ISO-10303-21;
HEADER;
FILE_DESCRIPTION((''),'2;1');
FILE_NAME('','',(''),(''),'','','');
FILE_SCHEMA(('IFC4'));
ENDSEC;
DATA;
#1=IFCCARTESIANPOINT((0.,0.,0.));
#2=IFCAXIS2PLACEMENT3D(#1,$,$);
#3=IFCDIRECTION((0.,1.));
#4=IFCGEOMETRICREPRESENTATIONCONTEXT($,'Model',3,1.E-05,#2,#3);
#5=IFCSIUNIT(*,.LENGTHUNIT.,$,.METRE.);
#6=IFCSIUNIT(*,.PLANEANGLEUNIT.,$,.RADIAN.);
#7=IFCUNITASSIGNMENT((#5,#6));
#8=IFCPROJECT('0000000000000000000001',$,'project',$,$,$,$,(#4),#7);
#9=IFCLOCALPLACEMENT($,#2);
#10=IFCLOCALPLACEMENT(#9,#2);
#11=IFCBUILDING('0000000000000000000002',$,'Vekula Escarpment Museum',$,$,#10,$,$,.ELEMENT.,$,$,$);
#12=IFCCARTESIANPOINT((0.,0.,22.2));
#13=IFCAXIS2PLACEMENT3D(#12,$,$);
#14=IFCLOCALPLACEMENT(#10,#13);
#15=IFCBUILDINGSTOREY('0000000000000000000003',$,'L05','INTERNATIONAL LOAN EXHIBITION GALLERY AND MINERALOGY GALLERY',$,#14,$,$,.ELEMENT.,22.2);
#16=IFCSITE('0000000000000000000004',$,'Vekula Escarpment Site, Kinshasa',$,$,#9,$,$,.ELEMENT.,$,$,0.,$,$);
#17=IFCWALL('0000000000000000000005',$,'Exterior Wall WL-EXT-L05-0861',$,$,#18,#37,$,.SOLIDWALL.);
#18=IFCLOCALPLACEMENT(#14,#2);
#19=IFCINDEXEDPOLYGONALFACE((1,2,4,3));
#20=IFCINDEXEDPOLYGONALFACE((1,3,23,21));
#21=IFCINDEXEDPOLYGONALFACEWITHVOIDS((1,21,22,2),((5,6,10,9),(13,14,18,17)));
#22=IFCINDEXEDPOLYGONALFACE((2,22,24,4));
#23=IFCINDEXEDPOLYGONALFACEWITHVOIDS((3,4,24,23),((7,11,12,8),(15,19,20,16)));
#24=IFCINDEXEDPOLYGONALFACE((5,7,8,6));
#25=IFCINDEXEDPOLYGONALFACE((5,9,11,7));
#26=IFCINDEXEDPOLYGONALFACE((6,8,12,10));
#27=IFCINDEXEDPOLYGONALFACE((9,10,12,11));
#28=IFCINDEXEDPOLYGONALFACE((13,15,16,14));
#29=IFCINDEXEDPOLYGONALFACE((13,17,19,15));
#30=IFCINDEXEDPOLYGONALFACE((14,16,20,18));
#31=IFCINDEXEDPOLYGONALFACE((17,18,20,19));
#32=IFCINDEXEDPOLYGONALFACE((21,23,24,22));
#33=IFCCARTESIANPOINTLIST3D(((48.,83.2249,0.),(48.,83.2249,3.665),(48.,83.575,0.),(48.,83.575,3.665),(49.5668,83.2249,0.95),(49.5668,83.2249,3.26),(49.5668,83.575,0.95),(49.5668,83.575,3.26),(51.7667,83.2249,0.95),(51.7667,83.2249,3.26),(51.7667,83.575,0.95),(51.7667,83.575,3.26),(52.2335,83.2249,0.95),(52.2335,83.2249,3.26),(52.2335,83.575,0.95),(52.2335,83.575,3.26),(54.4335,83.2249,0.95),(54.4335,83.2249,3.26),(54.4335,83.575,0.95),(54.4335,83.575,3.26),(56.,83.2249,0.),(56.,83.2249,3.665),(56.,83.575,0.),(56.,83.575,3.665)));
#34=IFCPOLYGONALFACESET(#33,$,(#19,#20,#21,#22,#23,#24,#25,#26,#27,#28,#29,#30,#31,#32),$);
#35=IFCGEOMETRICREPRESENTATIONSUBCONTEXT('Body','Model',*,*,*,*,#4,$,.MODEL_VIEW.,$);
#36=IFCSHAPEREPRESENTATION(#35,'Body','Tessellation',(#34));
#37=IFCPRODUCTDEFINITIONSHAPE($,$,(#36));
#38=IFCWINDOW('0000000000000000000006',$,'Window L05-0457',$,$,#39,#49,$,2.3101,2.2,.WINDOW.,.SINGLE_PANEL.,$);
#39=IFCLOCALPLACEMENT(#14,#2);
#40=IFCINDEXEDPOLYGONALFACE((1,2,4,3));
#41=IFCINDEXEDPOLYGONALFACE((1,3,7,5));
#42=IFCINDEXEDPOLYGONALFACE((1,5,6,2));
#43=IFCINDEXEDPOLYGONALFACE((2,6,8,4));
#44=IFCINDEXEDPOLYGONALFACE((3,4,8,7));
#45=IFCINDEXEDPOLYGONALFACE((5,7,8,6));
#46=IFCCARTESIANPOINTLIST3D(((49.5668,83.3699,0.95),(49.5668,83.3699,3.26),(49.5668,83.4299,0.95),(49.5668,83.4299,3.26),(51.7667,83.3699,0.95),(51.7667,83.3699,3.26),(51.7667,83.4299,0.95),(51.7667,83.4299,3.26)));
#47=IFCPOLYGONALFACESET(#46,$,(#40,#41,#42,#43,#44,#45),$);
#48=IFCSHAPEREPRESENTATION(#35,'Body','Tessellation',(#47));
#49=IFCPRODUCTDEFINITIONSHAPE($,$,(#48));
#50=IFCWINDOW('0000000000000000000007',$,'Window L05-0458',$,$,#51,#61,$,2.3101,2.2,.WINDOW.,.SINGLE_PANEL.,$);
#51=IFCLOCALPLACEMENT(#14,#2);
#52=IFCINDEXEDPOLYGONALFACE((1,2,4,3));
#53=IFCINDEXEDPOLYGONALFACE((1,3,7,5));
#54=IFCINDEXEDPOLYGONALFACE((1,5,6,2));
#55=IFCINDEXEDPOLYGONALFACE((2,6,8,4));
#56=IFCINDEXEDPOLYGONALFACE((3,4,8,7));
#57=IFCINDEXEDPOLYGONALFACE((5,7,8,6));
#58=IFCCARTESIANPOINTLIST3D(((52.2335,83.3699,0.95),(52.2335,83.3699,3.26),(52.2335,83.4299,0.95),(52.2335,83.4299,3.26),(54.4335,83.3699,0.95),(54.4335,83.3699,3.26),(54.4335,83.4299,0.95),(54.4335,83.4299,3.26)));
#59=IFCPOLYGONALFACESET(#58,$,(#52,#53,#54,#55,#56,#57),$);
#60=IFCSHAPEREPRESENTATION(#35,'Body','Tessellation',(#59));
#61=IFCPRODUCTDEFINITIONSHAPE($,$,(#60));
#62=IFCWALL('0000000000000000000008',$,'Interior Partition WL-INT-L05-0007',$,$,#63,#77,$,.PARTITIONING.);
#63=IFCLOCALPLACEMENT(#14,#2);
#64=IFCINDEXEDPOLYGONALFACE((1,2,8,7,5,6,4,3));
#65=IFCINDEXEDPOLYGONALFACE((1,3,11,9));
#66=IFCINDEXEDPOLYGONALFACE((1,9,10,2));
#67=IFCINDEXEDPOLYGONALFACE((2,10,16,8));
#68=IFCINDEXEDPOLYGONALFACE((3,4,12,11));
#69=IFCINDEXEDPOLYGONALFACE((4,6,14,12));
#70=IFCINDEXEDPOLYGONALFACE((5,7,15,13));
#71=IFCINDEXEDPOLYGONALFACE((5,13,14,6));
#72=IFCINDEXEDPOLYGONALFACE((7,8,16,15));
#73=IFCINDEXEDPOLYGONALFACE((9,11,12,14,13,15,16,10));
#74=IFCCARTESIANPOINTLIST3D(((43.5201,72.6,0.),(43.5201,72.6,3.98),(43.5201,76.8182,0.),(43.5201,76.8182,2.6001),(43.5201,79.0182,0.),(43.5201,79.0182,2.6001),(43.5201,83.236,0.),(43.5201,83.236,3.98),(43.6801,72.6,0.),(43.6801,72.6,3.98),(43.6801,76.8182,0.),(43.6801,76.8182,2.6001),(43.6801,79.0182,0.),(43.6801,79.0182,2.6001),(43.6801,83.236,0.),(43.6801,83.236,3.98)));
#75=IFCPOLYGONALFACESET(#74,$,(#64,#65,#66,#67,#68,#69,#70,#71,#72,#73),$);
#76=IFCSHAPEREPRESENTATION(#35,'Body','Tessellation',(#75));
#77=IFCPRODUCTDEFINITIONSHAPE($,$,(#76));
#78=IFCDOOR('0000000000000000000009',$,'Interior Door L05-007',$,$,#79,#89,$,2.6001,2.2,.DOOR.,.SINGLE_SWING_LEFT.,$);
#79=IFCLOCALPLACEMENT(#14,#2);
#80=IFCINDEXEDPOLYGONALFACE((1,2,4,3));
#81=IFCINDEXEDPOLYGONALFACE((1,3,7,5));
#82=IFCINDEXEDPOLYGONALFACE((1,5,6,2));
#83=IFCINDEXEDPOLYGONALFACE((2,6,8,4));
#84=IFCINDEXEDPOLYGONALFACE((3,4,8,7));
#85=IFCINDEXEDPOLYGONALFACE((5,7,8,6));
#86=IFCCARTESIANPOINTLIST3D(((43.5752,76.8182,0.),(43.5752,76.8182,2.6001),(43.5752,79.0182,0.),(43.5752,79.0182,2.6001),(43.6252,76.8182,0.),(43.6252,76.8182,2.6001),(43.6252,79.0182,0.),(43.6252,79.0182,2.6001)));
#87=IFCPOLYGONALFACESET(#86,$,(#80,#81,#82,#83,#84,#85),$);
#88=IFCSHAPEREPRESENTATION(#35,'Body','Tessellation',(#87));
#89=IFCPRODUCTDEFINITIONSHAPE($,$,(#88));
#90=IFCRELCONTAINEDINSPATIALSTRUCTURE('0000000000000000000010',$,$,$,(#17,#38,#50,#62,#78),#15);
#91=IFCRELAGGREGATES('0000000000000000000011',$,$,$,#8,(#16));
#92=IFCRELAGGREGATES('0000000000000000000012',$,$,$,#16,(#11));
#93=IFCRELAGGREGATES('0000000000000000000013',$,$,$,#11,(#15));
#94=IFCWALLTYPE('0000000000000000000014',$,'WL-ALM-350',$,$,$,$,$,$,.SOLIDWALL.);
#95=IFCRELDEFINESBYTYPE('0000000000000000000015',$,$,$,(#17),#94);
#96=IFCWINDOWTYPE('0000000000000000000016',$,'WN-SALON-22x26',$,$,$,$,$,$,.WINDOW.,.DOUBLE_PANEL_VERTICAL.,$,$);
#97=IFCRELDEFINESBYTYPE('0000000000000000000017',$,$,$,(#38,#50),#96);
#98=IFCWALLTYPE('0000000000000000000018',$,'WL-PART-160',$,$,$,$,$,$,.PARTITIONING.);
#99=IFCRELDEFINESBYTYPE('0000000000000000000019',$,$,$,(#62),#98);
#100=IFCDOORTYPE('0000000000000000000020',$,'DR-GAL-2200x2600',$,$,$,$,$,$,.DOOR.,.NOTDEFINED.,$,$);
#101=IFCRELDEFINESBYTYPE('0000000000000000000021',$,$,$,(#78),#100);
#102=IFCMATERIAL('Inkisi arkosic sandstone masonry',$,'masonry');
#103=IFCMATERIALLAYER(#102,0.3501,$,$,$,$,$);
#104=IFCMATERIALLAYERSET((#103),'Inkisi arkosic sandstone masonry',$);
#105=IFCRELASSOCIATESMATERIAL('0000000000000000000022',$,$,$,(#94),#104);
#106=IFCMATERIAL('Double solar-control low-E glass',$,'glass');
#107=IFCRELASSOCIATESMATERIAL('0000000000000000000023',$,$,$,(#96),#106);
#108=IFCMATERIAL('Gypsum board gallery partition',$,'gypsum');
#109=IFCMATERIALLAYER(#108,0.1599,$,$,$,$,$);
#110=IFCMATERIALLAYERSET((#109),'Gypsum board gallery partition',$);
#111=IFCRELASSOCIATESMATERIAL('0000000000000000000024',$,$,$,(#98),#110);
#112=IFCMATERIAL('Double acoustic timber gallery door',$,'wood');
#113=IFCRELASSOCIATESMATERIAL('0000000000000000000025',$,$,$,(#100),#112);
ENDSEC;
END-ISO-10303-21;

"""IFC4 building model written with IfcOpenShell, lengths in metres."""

from ifc_helpers import new_model, si_unit, direction, frame, frame_2d, origin, place, context, subcontext, project, spatial, rectangle, extrude, material, layer, layer_set, type_object, element, fill, save


model = new_model("IFC4")

# Units and contexts
model_context = context("Model", 3, precision=1e-05, world=origin(), true_north=direction((0.0, 1.0)))
body_context = subcontext(model_context, "Body", "Model", "MODEL_VIEW")
ifc_project = project(units=[si_unit("LENGTHUNIT", "METRE"), si_unit("PLANEANGLEUNIT", "RADIAN")], contexts=[model_context])

# Site, building, storey
site_placement = place(None, origin())
site = spatial("IfcSite", under=ifc_project, at=site_placement, Name="Vekula Escarpment Site, Kinshasa", CompositionType="ELEMENT", RefElevation=0.0)
building_placement = place(site_placement, origin())
building = spatial("IfcBuilding", under=site, at=building_placement, Name="Vekula Escarpment Museum", CompositionType="ELEMENT")
storey_placement = place(building_placement, frame((0.0, 0.0, 22.2)))
storey = spatial("IfcBuildingStorey", under=building, at=storey_placement, Name="L05", Description="INTERNATIONAL LOAN EXHIBITION GALLERY AND MINERALOGY GALLERY", CompositionType="ELEMENT", Elevation=22.2)

# Wall, openings, windows
ifc_material_1 = material(Name="Inkisi arkosic sandstone masonry", Category="masonry")
ifc_layer_1 = layer(ifc_material_1, 0.3501)
ifc_layer_set_1 = layer_set([ifc_layer_1], Name="Inkisi arkosic sandstone masonry")
wall_type_1 = type_object("IfcWallType", Name="WL-ALM-350", PredefinedType="SOLIDWALL", material=ifc_layer_set_1)
wall_1_placement = place(storey_placement, frame((48.0, 83.3999, 0.0), z_axis=(0.0, 0.0, 1.0), x_axis=(1.0, 0.0, 0.0)))
wall_1 = element("IfcWall", 1, at=wall_1_placement, inside=storey, type_object=wall_type_1, Name="Exterior Wall WL-EXT-L05-0861", PredefinedType="SOLIDWALL", context=body_context, shape_type="SweptSolid", body=[
    extrude(rectangle(XDim=8.0, YDim=0.3501, at=frame_2d((4.0, 0.0))), origin(), (0.0, 0.0, 1.0), 3.665),
])
opening_1_placement = place(wall_1_placement, frame((1.5667, 0.0, 0.95)))
opening_1 = element("IfcOpeningElement", 2, at=opening_1_placement, cuts=wall_1, PredefinedType="OPENING", context=body_context, shape_type="SweptSolid", body=[
    extrude(rectangle(XDim=2.2, YDim=2.3101, at=frame_2d((1.1001, 1.155))), frame((0.0, 0.1851, 0.0), z_axis=(0.0, -1.0, 0.0), x_axis=(1.0, 0.0, 0.0)), (0.0, 0.0, 1.0), 0.3701),
])
opening_2_placement = place(wall_1_placement, frame((4.2334, 0.0, 0.95)))
opening_2 = element("IfcOpeningElement", 3, at=opening_2_placement, cuts=wall_1, PredefinedType="OPENING", context=body_context, shape_type="SweptSolid", body=[
    extrude(rectangle(XDim=2.2, YDim=2.3101, at=frame_2d((1.1001, 1.155))), frame((0.0, 0.1851, 0.0), z_axis=(0.0, -1.0, 0.0), x_axis=(1.0, 0.0, 0.0)), (0.0, 0.0, 1.0), 0.3701),
])
ifc_material_2 = material(Name="Double solar-control low-E glass", Category="glass")
window_type_1 = type_object("IfcWindowType", Name="WN-SALON-22x26", PartitioningType="DOUBLE_PANEL_VERTICAL", PredefinedType="WINDOW", material=ifc_material_2)
window_1_placement = place(opening_1_placement, origin())
window_1 = element("IfcWindow", 4, at=window_1_placement, inside=storey, type_object=window_type_1, Name="Window L05-0457", OverallHeight=2.3101, OverallWidth=2.2, PartitioningType="SINGLE_PANEL", PredefinedType="WINDOW", context=body_context, shape_type="SweptSolid", body=[
    extrude(rectangle(XDim=2.2, YDim=2.3101, at=frame_2d((1.1001, 1.155))), frame((0.0, 0.03, 0.0), z_axis=(0.0, -1.0, 0.0), x_axis=(1.0, 0.0, 0.0)), (0.0, 0.0, 1.0), 0.0601),
])
fill(opening_1, window_1)
window_2_placement = place(opening_2_placement, origin())
window_2 = element("IfcWindow", 5, at=window_2_placement, inside=storey, type_object=window_type_1, Name="Window L05-0458", OverallHeight=2.3101, OverallWidth=2.2, PartitioningType="SINGLE_PANEL", PredefinedType="WINDOW", context=body_context, shape_type="SweptSolid", body=[
    extrude(rectangle(XDim=2.2, YDim=2.3101, at=frame_2d((1.1001, 1.155))), frame((0.0, 0.03, 0.0), z_axis=(0.0, -1.0, 0.0), x_axis=(1.0, 0.0, 0.0)), (0.0, 0.0, 1.0), 0.0601),
])
fill(opening_2, window_2)

# Wall, opening, door
ifc_material_3 = material(Name="Gypsum board gallery partition", Category="gypsum")
ifc_layer_2 = layer(ifc_material_3, 0.1599)
ifc_layer_set_2 = layer_set([ifc_layer_2], Name="Gypsum board gallery partition")
wall_type_2 = type_object("IfcWallType", Name="WL-PART-160", PredefinedType="PARTITIONING", material=ifc_layer_set_2)
wall_2_placement = place(storey_placement, frame((43.6001, 72.6001, 0.0), z_axis=(0.0, 0.0, 1.0), x_axis=(0.0, 1.0, 0.0)))
wall_2 = element("IfcWall", 6, at=wall_2_placement, inside=storey, type_object=wall_type_2, Name="Interior Partition WL-INT-L05-0007", PredefinedType="PARTITIONING", context=body_context, shape_type="SweptSolid", body=[
    extrude(rectangle(XDim=10.636, YDim=0.1599, at=frame_2d((5.3179, 0.0))), origin(), (0.0, 0.0, 1.0), 3.98),
])
opening_3_placement = place(wall_2_placement, frame((4.218, 0.0, 0.0)))
opening_3 = element("IfcOpeningElement", 7, at=opening_3_placement, cuts=wall_2, PredefinedType="OPENING", context=body_context, shape_type="SweptSolid", body=[
    extrude(rectangle(XDim=2.2, YDim=2.6001, at=frame_2d((1.1001, 1.3))), frame((0.0, 0.0898, 0.0), z_axis=(0.0, -1.0, 0.0), x_axis=(1.0, 0.0, 0.0)), (0.0, 0.0, 1.0), 0.1799),
])
ifc_material_4 = material(Name="Double acoustic timber gallery door", Category="wood")
door_type_1 = type_object("IfcDoorType", Name="DR-GAL-2200x2600", OperationType="NOTDEFINED", PredefinedType="DOOR", material=ifc_material_4)
door_1_placement = place(opening_3_placement, origin())
door_1 = element("IfcDoor", 8, at=door_1_placement, inside=storey, type_object=door_type_1, Name="Interior Door L05-007", OperationType="SINGLE_SWING_LEFT", OverallHeight=2.6001, OverallWidth=2.2, PredefinedType="DOOR", context=body_context, shape_type="SweptSolid", body=[
    extrude(rectangle(XDim=2.2, YDim=2.6001, at=frame_2d((1.1001, 1.3))), frame((0.0, 0.0249, 0.0), z_axis=(0.0, -1.0, 0.0), x_axis=(1.0, 0.0, 0.0)), (0.0, 0.0, 1.0), 0.05),
])
fill(opening_3, door_1)

save(model, "model.ifc")
